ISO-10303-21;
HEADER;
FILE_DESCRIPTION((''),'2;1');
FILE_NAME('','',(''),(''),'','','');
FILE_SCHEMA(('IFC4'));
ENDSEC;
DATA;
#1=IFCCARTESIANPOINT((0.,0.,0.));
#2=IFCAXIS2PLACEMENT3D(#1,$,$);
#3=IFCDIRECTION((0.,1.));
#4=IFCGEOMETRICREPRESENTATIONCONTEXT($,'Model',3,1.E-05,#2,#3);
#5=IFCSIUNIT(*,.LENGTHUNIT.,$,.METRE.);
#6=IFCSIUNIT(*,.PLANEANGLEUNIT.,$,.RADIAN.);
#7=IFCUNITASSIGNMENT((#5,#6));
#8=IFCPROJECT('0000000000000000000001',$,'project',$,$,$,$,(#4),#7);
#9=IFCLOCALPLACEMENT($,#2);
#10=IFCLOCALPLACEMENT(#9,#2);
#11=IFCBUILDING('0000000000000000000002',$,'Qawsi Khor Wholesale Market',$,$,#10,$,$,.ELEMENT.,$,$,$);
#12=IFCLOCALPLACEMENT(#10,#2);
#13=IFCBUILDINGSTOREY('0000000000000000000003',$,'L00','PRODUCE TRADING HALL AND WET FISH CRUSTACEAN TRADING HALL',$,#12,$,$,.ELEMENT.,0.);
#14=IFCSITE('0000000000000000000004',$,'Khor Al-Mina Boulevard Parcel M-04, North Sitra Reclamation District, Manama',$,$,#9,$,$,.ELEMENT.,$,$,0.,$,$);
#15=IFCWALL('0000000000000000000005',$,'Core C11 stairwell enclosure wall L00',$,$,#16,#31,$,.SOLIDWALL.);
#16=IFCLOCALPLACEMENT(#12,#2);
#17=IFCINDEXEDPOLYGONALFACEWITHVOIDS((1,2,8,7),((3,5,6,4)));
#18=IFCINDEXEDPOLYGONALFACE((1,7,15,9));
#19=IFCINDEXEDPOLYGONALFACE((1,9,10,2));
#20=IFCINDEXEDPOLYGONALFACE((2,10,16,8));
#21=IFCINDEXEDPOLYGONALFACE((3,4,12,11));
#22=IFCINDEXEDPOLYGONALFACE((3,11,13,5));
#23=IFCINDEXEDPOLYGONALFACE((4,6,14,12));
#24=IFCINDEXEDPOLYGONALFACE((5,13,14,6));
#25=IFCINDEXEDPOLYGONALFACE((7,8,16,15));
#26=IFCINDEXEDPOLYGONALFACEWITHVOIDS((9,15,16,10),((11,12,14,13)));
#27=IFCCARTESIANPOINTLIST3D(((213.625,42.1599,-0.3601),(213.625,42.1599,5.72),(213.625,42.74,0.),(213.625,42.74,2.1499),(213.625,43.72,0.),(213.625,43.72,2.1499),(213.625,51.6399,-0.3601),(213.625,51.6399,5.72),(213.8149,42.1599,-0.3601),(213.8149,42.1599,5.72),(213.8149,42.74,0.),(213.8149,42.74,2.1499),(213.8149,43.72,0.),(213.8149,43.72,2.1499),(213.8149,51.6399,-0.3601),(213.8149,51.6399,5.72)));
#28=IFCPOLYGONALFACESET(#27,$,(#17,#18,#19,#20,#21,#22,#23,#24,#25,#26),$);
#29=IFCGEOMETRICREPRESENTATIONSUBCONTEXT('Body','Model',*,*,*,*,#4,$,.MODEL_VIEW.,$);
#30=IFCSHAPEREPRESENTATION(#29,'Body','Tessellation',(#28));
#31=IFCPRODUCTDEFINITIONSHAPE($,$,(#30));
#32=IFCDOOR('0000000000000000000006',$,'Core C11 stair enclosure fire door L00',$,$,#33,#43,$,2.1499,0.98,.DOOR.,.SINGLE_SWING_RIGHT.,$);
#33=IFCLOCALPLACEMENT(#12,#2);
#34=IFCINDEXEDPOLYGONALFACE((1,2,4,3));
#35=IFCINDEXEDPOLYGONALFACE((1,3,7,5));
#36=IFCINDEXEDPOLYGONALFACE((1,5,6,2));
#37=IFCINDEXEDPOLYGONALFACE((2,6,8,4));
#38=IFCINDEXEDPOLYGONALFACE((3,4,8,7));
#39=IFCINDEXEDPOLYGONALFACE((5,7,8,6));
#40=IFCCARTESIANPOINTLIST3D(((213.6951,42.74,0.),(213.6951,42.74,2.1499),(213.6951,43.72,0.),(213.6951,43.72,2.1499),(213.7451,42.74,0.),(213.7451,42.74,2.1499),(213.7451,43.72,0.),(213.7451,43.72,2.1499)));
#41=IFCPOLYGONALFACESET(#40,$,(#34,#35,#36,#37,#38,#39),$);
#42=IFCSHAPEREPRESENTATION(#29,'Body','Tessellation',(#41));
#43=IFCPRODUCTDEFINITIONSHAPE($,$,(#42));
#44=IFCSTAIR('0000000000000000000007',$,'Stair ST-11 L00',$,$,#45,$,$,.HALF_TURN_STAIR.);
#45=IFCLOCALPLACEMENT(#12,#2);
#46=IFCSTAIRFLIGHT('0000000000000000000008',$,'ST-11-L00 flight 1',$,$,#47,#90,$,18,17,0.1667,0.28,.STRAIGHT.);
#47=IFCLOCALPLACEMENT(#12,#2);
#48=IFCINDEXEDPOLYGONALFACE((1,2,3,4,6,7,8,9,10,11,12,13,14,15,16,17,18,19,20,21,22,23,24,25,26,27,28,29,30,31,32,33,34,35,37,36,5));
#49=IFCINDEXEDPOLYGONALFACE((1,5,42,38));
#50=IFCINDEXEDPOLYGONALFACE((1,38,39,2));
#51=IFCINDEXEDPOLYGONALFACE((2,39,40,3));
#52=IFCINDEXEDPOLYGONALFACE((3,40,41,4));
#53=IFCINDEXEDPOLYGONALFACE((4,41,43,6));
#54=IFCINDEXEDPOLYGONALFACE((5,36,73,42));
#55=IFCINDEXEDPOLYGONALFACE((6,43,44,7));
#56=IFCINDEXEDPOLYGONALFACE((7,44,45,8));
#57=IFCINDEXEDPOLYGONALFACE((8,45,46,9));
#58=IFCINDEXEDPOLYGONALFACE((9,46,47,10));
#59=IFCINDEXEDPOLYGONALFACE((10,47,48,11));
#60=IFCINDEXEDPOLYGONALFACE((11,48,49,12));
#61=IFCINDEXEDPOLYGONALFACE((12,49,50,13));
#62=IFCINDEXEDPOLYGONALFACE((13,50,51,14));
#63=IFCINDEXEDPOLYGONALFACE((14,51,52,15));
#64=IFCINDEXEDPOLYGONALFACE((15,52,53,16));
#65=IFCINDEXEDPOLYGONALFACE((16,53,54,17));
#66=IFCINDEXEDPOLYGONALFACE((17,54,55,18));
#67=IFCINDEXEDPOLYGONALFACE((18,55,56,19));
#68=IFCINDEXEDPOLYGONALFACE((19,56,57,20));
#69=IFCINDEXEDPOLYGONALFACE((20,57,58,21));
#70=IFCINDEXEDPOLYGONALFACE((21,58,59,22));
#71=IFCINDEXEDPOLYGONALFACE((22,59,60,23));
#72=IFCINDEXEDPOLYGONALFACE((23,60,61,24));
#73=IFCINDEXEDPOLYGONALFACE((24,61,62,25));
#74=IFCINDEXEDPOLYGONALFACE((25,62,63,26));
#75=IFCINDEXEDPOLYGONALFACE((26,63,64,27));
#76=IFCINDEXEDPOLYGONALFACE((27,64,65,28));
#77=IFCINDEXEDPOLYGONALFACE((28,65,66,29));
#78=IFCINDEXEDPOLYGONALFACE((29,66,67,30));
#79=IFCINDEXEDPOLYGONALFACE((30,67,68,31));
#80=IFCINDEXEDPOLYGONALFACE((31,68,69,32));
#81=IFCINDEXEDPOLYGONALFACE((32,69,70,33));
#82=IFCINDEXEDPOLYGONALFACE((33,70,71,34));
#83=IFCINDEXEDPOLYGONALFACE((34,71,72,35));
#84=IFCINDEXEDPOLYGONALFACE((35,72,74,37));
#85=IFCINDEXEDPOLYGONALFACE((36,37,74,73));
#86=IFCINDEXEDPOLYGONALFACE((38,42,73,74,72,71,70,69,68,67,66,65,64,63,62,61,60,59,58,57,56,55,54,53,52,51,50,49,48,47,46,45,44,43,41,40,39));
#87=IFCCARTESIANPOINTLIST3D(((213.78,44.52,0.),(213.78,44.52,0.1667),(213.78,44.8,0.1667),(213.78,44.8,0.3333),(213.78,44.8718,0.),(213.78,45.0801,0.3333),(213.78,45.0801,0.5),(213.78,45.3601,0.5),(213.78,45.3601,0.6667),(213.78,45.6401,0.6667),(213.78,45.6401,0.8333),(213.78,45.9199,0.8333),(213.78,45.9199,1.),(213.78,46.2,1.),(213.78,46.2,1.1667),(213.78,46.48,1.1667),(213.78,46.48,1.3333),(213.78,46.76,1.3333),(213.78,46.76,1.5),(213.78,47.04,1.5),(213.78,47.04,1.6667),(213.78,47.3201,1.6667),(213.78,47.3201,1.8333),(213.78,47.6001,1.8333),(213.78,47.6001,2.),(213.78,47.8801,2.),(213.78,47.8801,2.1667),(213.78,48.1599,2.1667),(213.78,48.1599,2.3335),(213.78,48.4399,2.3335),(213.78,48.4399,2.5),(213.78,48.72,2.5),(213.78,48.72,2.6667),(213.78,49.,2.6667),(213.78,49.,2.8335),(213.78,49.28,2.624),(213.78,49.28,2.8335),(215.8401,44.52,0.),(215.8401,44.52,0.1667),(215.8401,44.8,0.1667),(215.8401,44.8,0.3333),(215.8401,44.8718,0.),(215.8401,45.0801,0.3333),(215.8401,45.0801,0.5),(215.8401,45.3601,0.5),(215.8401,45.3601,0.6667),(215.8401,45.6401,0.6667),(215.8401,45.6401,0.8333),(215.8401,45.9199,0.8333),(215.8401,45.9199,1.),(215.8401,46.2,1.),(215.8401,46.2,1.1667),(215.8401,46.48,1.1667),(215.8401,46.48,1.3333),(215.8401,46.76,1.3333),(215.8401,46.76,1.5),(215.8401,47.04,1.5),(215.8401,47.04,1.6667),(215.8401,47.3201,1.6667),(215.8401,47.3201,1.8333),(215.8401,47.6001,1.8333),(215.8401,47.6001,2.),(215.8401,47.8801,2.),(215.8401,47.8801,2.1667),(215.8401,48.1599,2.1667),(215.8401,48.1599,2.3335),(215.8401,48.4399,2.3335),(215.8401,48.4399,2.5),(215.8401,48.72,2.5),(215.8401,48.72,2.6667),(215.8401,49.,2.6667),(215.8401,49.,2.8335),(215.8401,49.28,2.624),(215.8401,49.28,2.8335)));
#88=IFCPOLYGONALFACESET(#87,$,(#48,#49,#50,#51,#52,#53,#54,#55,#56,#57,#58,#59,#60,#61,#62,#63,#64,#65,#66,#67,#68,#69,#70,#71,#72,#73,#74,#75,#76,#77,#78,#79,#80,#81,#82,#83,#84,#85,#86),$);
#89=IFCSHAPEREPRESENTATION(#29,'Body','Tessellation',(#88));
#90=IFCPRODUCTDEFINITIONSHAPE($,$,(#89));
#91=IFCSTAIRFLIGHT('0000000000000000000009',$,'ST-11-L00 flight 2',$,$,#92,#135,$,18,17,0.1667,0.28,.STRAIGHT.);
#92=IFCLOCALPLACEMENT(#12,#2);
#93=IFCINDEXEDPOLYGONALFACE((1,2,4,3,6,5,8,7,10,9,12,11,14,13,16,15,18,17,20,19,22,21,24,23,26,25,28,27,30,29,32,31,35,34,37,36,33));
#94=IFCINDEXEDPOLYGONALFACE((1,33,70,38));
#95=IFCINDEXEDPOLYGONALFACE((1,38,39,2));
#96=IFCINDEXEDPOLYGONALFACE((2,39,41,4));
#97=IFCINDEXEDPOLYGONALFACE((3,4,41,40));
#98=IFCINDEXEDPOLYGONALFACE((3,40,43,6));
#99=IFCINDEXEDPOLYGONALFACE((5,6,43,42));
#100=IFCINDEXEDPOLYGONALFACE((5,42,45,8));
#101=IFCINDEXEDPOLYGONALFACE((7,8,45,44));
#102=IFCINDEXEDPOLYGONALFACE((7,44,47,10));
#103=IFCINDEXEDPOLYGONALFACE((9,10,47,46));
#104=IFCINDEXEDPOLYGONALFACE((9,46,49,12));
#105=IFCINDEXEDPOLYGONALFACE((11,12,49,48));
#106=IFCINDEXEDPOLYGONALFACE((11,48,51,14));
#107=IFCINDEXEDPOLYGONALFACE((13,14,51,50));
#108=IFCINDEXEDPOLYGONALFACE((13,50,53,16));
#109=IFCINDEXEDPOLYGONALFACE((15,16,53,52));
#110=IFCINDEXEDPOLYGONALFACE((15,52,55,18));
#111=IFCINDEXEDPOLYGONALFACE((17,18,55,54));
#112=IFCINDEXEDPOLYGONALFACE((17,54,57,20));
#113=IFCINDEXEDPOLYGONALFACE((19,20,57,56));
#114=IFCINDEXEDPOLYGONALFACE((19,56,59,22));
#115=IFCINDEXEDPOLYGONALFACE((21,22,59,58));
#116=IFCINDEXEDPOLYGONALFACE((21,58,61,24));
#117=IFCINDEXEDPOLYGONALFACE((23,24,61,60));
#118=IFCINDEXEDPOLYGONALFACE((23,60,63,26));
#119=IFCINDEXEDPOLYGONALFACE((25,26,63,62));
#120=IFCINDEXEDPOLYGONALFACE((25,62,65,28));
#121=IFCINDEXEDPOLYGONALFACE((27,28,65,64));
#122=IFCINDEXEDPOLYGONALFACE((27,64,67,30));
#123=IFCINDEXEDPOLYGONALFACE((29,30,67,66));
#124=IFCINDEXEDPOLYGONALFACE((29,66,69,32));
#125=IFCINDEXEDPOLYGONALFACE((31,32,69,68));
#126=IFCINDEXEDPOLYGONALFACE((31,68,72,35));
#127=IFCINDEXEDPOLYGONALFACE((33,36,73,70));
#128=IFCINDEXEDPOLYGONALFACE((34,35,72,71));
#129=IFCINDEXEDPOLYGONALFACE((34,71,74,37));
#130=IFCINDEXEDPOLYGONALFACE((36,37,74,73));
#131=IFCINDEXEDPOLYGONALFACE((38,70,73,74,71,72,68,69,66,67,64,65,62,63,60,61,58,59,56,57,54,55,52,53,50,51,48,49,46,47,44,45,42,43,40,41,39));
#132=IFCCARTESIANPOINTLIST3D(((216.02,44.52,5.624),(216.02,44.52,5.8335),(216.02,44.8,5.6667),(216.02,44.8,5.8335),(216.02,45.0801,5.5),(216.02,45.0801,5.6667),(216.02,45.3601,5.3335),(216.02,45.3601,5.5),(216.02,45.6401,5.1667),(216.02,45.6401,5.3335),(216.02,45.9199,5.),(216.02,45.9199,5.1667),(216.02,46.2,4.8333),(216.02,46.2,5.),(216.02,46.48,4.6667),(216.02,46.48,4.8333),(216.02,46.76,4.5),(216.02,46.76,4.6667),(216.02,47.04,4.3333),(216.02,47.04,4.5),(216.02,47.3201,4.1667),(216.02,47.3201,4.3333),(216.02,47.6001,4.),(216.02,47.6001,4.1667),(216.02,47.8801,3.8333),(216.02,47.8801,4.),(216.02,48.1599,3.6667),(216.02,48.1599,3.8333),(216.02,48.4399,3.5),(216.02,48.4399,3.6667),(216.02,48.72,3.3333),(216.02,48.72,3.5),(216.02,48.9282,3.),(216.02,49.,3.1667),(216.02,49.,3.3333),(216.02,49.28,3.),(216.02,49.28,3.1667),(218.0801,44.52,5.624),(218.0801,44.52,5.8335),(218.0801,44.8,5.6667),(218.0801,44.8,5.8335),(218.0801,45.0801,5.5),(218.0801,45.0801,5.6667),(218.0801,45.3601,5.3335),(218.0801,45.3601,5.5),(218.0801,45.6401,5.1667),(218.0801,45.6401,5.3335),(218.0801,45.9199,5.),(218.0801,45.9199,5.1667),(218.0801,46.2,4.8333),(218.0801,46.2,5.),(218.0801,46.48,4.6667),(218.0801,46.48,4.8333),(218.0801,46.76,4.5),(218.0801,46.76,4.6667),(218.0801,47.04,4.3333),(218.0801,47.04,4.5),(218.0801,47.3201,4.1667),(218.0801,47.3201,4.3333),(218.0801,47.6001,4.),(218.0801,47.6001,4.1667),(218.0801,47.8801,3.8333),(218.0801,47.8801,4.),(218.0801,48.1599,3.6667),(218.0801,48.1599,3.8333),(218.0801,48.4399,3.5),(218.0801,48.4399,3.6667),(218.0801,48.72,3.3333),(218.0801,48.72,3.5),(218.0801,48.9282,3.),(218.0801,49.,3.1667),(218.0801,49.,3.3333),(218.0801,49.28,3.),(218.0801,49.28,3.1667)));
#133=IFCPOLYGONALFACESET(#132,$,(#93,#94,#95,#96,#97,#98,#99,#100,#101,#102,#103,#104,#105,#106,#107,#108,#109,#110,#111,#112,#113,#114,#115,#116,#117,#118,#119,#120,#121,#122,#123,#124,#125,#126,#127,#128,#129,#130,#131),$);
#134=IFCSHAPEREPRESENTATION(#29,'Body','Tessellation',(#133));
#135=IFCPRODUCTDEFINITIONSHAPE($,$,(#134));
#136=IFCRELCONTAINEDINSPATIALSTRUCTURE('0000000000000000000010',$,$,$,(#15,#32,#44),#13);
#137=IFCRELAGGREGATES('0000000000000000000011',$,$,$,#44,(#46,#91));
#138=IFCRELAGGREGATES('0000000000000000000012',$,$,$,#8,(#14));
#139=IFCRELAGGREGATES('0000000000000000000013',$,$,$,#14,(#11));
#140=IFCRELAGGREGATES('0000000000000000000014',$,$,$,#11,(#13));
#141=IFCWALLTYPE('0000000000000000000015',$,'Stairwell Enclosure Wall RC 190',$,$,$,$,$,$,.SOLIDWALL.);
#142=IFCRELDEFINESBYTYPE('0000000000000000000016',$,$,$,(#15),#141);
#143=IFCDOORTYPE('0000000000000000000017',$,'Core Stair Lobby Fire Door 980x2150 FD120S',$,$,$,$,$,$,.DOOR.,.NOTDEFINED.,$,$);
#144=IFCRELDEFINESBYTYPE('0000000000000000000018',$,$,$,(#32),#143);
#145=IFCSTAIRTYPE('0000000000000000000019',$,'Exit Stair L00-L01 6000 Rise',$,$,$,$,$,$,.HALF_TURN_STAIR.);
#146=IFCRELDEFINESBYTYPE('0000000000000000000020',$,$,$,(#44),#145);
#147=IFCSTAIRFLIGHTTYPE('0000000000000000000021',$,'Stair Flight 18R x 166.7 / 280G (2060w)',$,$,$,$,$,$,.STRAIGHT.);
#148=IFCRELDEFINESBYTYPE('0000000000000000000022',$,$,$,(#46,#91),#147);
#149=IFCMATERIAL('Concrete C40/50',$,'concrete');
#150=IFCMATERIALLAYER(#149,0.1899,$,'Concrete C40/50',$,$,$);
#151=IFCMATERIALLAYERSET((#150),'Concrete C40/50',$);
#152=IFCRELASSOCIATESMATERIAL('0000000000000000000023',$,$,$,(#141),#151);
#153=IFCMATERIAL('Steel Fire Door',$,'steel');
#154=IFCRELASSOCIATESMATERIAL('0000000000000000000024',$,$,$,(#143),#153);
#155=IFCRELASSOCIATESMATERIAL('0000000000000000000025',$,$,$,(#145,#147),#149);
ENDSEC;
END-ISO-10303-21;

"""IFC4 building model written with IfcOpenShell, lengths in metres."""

from ifc_helpers import new_model, si_unit, direction, frame, frame_2d, origin, place, context, subcontext, project, spatial, polyline, rectangle, outline, extrude, material, layer, layer_set, type_object, element, fill, aggregate, save


model = new_model("IFC4")

# Units and contexts
model_context = context("Model", 3, precision=1e-05, world=origin(), true_north=direction((0.0, 1.0)))
body_context = subcontext(model_context, "Body", "Model", "MODEL_VIEW")
ifc_project = project(units=[si_unit("LENGTHUNIT", "METRE"), si_unit("PLANEANGLEUNIT", "RADIAN")], contexts=[model_context])

# Site, building, storey
site_placement = place(None, origin())
site = spatial("IfcSite", under=ifc_project, at=site_placement, Name="Khor Al-Mina Boulevard Parcel M-04, North Sitra Reclamation District, Manama", CompositionType="ELEMENT", RefElevation=0.0)
building_placement = place(site_placement, origin())
building = spatial("IfcBuilding", under=site, at=building_placement, Name="Qawsi Khor Wholesale Market", CompositionType="ELEMENT")
storey_placement = place(building_placement, origin())
storey = spatial("IfcBuildingStorey", under=building, at=storey_placement, Name="L00", Description="PRODUCE TRADING HALL AND WET FISH CRUSTACEAN TRADING HALL", CompositionType="ELEMENT", Elevation=0.0)

# Shared definitions
ifc_material_1 = material(Name="Concrete C40/50", Category="concrete")

# Wall, opening, door
ifc_layer_1 = layer(ifc_material_1, 0.1899, Name="Concrete C40/50")
ifc_layer_set_1 = layer_set([ifc_layer_1], Name="Concrete C40/50")
wall_type_1 = type_object("IfcWallType", Name="Stairwell Enclosure Wall RC 190", PredefinedType="SOLIDWALL", material=ifc_layer_set_1)
wall_1_placement = place(storey_placement, frame((213.72, 42.1599, -0.3601), z_axis=(0.0, 0.0, 1.0), x_axis=(0.0, 1.0, 0.0)))
wall_1 = element("IfcWall", 1, at=wall_1_placement, inside=storey, type_object=wall_type_1, Name="Core C11 stairwell enclosure wall L00", PredefinedType="SOLIDWALL", context=body_context, shape_type="SweptSolid", body=[
    extrude(rectangle(XDim=9.48, YDim=0.1899, at=frame_2d((4.74, 0.0))), origin(), (0.0, 0.0, 1.0), 6.0801),
])
opening_1_placement = place(wall_1_placement, frame((0.5801, 0.0, 0.3601)))
opening_1 = element("IfcOpeningElement", 2, at=opening_1_placement, cuts=wall_1, PredefinedType="OPENING", context=body_context, shape_type="SweptSolid", body=[
    extrude(rectangle(XDim=0.98, YDim=2.1499, at=frame_2d((0.49, 1.075))), frame((0.0, 0.105, 0.0), z_axis=(0.0, -1.0, 0.0), x_axis=(1.0, 0.0, 0.0)), (0.0, 0.0, 1.0), 0.21),
])
ifc_material_2 = material(Name="Steel Fire Door", Category="steel")
door_type_1 = type_object("IfcDoorType", Name="Core Stair Lobby Fire Door 980x2150 FD120S", OperationType="NOTDEFINED", PredefinedType="DOOR", material=ifc_material_2)
door_1_placement = place(opening_1_placement, origin())
door_1 = element("IfcDoor", 3, at=door_1_placement, inside=storey, type_object=door_type_1, Name="Core C11 stair enclosure fire door L00", OperationType="SINGLE_SWING_RIGHT", OverallHeight=2.1499, OverallWidth=0.98, PredefinedType="DOOR", context=body_context, shape_type="SweptSolid", body=[
    extrude(rectangle(XDim=0.98, YDim=2.1499, at=frame_2d((0.49, 1.075))), frame((0.0, 0.0249, 0.0), z_axis=(0.0, -1.0, 0.0), x_axis=(1.0, 0.0, 0.0)), (0.0, 0.0, 1.0), 0.05),
])
fill(opening_1, door_1)

# Stair, stair flights
stair_type = type_object("IfcStairType", Name="Exit Stair L00-L01 6000 Rise", PredefinedType="HALF_TURN_STAIR", material=ifc_material_1)
stair_placement = place(storey_placement, origin())
stair = element("IfcStair", 4, at=stair_placement, inside=storey, type_object=stair_type, Name="Stair ST-11 L00", PredefinedType="HALF_TURN_STAIR")
stair_flight_type = type_object("IfcStairFlightType", Name="Stair Flight 18R x 166.7 / 280G (2060w)", PredefinedType="STRAIGHT", material=ifc_material_1)
stair_flight_1_placement = place(storey_placement, frame((214.8101, 44.52, 0.0), z_axis=(0.0, 0.0, 1.0), x_axis=(0.0, 1.0, 0.0)))
stair_flight_1 = element("IfcStairFlight", 5, at=stair_flight_1_placement, type_object=stair_flight_type, Name="ST-11-L00 flight 1", NumberOfRisers=18, NumberOfTreads=17, PredefinedType="STRAIGHT", RiserHeight=0.1667, TreadLength=0.28, context=body_context, shape_type="SweptSolid", body=[
    extrude(outline(polyline([(0.0, 0.0), (0.0, 0.1667), (0.28, 0.1667), (0.28, 0.3333), (0.5601, 0.3333), (0.5601, 0.5), (0.8401, 0.5), (0.8401, 0.6667), (1.1201, 0.6667), (1.1201, 0.8333), (1.3999, 0.8333), (1.3999, 1.0), (1.6799, 1.0), (1.6799, 1.1667), (1.96, 1.1667), (1.96, 1.3333), (2.24, 1.3333), (2.24, 1.5), (2.52, 1.5), (2.52, 1.6667), (2.8, 1.6667), (2.8, 1.8333), (3.0801, 1.8333), (3.0801, 2.0), (3.3601, 2.0), (3.3601, 2.1667), (3.6399, 2.1667), (3.6399, 2.3335), (3.9199, 2.3335), (3.9199, 2.5), (4.2, 2.5), (4.2, 2.6667), (4.48, 2.6667), (4.48, 2.8335), (4.76, 2.8335), (4.76, 3.0), (4.76, 2.624), (0.3518, 0.0), (0.0, 0.0)])), frame((0.0, 1.03, 0.0), z_axis=(0.0, -1.0, 0.0), x_axis=(1.0, 0.0, 0.0)), (0.0, 0.0, 1.0), 2.0601),
])
stair_flight_2_placement = place(storey_placement, frame((217.05, 49.28, 3.0), z_axis=(0.0, 0.0, 1.0), x_axis=(0.0, -1.0, 0.0)))
stair_flight_2 = element("IfcStairFlight", 6, at=stair_flight_2_placement, type_object=stair_flight_type, Name="ST-11-L00 flight 2", NumberOfRisers=18, NumberOfTreads=17, PredefinedType="STRAIGHT", RiserHeight=0.1667, TreadLength=0.28, context=body_context, shape_type="SweptSolid", body=[
    extrude(outline(polyline([(0.0, 0.0), (0.0, 0.1667), (0.28, 0.1667), (0.28, 0.3333), (0.5601, 0.3333), (0.5601, 0.5), (0.8401, 0.5), (0.8401, 0.6667), (1.1201, 0.6667), (1.1201, 0.8333), (1.3999, 0.8333), (1.3999, 1.0), (1.6799, 1.0), (1.6799, 1.1667), (1.96, 1.1667), (1.96, 1.3333), (2.24, 1.3333), (2.24, 1.5), (2.52, 1.5), (2.52, 1.6667), (2.8, 1.6667), (2.8, 1.8333), (3.0801, 1.8333), (3.0801, 2.0), (3.3601, 2.0), (3.3601, 2.1667), (3.6399, 2.1667), (3.6399, 2.3335), (3.9199, 2.3335), (3.9199, 2.5), (4.2, 2.5), (4.2, 2.6667), (4.48, 2.6667), (4.48, 2.8335), (4.76, 2.8335), (4.76, 3.0), (4.76, 2.624), (0.3518, 0.0), (0.0, 0.0)])), frame((0.0, 1.03, 0.0), z_axis=(0.0, -1.0, 0.0), x_axis=(1.0, 0.0, 0.0)), (0.0, 0.0, 1.0), 2.0601),
])
aggregate(stair, [stair_flight_1, stair_flight_2])

save(model, "model.ifc")
